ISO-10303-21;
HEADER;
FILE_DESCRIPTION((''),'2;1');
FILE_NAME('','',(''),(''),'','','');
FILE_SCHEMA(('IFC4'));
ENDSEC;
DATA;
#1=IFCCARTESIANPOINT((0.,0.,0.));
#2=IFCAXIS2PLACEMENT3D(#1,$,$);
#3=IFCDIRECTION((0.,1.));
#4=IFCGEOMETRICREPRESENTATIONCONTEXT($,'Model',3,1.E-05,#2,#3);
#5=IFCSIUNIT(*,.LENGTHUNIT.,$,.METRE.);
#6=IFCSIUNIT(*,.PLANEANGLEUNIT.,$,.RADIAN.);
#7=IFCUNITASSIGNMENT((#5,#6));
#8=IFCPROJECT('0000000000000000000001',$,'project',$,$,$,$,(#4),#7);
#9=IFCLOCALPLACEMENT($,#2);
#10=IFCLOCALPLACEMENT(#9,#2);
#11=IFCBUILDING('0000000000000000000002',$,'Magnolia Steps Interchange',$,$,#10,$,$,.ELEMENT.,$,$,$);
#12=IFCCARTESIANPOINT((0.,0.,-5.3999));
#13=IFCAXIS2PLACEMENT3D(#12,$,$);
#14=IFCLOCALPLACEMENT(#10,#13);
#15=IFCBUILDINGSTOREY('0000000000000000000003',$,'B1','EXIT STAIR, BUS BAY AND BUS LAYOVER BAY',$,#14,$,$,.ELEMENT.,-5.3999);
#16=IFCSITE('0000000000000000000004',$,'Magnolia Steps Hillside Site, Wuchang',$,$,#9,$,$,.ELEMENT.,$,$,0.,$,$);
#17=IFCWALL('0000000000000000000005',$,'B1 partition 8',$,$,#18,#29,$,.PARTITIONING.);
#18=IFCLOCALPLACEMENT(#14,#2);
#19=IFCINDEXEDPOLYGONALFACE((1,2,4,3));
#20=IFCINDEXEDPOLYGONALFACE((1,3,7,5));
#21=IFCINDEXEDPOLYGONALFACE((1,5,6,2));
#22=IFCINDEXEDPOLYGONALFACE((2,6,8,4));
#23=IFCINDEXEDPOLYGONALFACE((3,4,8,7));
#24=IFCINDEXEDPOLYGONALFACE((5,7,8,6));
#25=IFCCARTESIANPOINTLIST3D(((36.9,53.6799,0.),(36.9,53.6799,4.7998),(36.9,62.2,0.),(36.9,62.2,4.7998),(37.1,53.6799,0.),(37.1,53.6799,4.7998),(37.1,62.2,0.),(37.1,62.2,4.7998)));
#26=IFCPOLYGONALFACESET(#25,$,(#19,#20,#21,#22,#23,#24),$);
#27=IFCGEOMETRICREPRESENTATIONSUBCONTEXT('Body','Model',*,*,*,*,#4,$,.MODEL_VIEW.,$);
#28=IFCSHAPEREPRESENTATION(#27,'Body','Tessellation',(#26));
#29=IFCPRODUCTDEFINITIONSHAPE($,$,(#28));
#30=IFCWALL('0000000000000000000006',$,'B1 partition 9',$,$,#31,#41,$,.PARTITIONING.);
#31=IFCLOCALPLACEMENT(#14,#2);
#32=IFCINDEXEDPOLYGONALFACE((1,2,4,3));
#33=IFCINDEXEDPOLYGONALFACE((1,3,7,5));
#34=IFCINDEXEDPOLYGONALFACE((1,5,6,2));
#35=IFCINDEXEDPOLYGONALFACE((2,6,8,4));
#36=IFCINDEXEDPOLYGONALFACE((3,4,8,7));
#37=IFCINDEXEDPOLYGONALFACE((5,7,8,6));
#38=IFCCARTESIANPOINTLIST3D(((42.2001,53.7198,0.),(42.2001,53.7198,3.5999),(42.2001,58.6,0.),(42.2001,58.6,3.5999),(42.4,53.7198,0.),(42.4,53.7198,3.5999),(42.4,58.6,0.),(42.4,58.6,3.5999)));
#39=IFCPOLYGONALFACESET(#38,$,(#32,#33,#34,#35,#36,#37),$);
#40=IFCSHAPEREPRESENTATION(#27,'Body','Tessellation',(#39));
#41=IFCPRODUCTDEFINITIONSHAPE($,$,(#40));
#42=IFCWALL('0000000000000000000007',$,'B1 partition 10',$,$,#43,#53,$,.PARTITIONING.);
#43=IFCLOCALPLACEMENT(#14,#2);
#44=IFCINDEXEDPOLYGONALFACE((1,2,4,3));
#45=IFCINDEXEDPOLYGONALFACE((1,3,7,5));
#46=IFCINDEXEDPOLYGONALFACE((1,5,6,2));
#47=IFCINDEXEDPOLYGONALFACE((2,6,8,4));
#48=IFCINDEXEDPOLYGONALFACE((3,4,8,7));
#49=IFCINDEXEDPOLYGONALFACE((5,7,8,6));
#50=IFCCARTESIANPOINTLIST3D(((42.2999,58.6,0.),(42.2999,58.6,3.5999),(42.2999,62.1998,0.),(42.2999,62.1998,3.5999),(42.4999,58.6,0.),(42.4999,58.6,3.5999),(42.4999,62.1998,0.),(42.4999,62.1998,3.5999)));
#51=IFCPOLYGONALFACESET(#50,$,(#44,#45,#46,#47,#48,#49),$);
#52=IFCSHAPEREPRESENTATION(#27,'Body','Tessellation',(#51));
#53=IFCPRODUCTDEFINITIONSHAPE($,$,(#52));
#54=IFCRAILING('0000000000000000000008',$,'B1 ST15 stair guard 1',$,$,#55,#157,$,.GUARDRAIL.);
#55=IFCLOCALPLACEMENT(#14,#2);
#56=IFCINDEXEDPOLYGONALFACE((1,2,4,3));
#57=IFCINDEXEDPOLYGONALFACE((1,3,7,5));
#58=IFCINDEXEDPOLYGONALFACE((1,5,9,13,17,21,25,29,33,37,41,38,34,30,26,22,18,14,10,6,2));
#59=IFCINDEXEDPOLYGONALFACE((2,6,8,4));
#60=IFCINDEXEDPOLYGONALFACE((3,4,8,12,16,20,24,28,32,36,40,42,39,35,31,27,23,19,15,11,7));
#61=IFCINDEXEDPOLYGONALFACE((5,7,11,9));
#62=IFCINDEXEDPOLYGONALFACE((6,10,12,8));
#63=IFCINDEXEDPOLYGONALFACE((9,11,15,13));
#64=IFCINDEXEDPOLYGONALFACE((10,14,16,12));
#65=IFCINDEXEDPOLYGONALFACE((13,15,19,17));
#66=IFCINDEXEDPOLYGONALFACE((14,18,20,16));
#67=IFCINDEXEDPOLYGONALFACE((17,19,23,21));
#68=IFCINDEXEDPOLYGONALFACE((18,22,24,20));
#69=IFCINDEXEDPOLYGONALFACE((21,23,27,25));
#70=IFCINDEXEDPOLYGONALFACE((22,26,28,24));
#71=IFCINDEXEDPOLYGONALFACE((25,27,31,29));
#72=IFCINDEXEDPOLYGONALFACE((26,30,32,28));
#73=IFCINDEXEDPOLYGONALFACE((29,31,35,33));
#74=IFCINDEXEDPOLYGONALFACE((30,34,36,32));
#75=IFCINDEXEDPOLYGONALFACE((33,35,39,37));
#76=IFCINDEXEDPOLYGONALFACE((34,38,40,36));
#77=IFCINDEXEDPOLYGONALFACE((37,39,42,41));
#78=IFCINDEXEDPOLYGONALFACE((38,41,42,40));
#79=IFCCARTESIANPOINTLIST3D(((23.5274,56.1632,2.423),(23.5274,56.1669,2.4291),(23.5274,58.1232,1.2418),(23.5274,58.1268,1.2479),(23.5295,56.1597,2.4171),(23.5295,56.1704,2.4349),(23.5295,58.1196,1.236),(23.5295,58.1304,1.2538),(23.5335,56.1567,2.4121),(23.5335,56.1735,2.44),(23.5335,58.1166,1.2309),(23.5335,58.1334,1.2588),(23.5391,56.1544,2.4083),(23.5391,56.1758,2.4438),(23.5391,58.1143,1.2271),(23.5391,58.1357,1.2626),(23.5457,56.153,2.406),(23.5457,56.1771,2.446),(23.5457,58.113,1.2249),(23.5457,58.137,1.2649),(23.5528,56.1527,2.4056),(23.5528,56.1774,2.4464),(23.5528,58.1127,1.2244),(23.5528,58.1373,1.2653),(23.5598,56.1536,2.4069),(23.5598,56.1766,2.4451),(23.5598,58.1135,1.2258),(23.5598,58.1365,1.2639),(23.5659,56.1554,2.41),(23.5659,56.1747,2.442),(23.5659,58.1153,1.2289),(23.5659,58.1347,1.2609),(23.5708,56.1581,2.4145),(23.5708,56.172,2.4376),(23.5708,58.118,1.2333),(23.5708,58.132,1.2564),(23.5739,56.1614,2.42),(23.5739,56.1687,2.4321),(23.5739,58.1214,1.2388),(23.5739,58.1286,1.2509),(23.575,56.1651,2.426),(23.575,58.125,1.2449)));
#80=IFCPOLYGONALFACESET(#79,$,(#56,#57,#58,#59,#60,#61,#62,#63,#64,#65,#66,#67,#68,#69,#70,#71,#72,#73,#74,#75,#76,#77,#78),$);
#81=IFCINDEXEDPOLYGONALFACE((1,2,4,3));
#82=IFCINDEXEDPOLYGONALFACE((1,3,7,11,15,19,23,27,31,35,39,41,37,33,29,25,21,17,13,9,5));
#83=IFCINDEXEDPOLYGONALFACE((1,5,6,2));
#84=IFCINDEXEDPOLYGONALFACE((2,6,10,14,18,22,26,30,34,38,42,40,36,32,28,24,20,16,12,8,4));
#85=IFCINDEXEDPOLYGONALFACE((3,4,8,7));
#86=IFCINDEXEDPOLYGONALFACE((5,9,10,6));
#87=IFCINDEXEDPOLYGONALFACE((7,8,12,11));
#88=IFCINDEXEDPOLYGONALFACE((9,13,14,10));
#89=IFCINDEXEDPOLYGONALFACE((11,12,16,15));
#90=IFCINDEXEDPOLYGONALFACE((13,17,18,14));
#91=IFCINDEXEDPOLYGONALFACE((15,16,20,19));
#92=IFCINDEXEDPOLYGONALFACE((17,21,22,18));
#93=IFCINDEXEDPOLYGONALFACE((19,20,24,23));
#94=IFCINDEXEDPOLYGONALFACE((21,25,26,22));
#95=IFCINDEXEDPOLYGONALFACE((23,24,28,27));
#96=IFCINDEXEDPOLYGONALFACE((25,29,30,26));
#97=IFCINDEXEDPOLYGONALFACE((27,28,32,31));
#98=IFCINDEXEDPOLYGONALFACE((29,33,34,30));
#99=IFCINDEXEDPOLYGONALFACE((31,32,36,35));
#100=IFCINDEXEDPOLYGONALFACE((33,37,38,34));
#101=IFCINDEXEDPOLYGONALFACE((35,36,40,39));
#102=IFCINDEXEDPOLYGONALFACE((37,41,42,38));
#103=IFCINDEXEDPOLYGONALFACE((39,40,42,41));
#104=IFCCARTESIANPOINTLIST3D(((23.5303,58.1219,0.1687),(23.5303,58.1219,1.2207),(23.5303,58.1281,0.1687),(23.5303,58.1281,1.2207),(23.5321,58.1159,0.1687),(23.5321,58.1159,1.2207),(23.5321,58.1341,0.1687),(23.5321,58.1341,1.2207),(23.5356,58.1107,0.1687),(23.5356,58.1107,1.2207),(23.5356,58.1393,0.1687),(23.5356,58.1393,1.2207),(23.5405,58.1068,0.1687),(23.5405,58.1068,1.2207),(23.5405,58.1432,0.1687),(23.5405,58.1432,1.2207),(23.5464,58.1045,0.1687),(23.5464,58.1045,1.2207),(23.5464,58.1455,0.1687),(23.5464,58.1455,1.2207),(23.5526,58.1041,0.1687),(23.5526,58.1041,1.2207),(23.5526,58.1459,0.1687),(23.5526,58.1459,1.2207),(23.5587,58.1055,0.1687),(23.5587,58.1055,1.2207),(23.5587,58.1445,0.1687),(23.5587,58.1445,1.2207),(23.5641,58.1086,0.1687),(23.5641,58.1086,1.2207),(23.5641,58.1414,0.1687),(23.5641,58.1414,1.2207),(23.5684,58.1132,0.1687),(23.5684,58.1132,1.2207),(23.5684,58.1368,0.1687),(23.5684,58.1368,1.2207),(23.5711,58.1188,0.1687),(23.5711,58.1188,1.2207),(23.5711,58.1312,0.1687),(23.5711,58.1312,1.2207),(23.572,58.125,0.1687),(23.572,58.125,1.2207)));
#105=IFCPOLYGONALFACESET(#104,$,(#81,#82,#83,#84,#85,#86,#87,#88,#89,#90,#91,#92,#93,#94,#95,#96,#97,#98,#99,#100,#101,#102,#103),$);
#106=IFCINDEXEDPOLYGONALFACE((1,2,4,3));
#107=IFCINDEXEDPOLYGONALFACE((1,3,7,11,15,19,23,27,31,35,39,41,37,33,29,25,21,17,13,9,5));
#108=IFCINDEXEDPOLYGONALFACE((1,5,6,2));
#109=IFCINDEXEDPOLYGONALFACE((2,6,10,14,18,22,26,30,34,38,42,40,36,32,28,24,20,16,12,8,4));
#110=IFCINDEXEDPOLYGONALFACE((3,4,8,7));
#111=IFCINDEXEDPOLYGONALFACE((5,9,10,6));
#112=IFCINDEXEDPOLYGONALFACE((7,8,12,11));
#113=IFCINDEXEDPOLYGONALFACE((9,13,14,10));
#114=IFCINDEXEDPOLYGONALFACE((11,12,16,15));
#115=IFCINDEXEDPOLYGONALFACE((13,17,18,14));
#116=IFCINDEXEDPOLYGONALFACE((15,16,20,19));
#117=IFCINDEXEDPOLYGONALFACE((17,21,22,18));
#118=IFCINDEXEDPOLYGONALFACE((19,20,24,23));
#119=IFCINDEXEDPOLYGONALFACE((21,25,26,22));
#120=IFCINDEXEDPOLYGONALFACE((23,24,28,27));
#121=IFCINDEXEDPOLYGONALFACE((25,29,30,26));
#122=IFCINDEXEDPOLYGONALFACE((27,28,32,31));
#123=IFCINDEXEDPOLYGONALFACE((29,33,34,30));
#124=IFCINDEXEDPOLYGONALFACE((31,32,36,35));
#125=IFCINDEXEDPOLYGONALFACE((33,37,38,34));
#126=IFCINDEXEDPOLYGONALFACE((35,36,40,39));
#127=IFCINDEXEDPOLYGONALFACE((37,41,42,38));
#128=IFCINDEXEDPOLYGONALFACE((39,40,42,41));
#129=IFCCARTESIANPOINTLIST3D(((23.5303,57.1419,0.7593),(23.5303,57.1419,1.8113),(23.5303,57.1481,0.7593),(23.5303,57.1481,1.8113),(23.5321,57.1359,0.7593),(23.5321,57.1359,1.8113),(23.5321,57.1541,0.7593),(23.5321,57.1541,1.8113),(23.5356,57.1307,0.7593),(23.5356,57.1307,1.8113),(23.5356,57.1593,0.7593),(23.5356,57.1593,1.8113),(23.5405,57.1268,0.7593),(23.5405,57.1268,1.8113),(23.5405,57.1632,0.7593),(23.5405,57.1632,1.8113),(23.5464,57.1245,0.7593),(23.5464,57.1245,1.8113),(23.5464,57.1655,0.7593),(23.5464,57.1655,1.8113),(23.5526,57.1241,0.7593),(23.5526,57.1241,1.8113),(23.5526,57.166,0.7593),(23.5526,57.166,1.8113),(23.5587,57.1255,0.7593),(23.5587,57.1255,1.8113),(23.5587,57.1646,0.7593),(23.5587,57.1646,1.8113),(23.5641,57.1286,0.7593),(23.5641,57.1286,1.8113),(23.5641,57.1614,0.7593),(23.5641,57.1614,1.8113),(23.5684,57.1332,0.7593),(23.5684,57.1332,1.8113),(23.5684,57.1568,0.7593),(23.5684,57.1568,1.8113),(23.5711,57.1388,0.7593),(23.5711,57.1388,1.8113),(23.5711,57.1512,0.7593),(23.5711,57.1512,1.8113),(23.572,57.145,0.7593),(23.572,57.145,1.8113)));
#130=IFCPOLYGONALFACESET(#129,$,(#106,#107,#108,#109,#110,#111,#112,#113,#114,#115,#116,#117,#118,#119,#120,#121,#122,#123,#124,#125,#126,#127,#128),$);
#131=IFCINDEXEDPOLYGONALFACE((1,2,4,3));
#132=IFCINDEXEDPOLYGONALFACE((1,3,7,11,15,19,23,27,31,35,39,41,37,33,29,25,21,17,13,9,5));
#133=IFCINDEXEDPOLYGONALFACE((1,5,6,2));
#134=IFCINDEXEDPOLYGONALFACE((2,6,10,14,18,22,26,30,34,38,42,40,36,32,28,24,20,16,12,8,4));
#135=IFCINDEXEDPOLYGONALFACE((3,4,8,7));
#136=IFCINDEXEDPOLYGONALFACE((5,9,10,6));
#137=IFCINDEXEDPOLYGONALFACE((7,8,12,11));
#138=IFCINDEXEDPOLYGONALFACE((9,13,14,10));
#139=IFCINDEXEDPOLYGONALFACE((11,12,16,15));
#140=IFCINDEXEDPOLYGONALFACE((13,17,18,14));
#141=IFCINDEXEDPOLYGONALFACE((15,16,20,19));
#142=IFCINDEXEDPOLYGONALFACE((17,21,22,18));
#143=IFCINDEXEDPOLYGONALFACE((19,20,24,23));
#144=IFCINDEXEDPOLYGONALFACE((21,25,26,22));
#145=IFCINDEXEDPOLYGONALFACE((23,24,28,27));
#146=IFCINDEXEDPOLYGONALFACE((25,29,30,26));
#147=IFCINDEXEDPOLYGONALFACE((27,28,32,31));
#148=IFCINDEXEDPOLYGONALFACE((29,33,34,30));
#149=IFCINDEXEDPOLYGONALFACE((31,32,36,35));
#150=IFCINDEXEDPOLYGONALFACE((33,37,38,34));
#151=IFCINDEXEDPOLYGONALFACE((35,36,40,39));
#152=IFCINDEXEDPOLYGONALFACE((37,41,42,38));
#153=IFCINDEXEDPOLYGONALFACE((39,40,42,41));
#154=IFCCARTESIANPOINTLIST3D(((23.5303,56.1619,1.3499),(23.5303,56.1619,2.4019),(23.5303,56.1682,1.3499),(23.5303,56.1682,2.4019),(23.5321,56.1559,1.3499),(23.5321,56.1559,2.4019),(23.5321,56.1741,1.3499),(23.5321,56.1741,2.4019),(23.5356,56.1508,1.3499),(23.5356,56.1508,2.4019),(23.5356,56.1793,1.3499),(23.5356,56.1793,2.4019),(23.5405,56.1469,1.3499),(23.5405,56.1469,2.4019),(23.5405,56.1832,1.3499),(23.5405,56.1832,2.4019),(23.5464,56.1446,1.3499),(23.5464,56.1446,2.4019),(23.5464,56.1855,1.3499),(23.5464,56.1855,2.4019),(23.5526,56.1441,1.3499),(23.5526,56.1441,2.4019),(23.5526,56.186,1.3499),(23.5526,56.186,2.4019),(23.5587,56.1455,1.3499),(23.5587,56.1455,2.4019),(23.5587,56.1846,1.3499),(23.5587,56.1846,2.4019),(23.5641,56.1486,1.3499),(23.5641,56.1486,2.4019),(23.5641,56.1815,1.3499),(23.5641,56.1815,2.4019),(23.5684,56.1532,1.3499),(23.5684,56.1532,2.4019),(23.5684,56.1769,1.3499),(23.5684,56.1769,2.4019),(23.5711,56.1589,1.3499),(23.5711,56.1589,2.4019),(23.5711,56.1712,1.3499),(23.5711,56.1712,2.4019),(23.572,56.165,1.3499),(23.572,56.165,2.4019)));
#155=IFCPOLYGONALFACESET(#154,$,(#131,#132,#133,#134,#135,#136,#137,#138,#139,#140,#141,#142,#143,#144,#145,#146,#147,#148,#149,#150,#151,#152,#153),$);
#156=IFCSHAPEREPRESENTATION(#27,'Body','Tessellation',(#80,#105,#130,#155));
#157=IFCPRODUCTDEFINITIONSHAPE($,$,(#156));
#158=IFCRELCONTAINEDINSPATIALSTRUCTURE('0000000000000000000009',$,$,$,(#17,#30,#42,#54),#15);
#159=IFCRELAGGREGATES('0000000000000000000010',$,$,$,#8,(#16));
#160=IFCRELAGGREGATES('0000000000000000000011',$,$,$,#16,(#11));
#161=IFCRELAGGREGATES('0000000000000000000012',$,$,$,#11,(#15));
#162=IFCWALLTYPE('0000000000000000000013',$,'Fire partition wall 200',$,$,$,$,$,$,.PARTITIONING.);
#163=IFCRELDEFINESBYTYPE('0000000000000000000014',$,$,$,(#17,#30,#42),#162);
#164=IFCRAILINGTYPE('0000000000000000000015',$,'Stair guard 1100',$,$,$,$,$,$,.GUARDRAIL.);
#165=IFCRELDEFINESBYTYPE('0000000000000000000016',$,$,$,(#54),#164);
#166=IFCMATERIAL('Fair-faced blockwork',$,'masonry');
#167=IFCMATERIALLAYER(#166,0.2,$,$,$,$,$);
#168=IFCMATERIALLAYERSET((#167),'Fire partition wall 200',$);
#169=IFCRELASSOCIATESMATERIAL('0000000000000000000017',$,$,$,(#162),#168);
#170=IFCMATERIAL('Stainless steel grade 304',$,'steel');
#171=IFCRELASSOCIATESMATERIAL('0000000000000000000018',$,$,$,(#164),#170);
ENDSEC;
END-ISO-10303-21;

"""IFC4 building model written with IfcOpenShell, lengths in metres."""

from ifc_helpers import new_model, si_unit, direction, frame, frame_2d, origin, origin_2d, place, context, subcontext, project, spatial, rectangle, circle, extrude, material, layer, layer_set, type_object, element, save


model = new_model("IFC4")

# Units and contexts
model_context = context("Model", 3, precision=1e-05, world=origin(), true_north=direction((0.0, 1.0)))
body_context = subcontext(model_context, "Body", "Model", "MODEL_VIEW")
ifc_project = project(units=[si_unit("LENGTHUNIT", "METRE"), si_unit("PLANEANGLEUNIT", "RADIAN")], contexts=[model_context])

# Site, building, storey
site_placement = place(None, origin())
site = spatial("IfcSite", under=ifc_project, at=site_placement, Name="Magnolia Steps Hillside Site, Wuchang", CompositionType="ELEMENT", RefElevation=0.0)
building_placement = place(site_placement, origin())
building = spatial("IfcBuilding", under=site, at=building_placement, Name="Magnolia Steps Interchange", CompositionType="ELEMENT")
storey_placement = place(building_placement, frame((0.0, 0.0, -5.3999)))
storey = spatial("IfcBuildingStorey", under=building, at=storey_placement, Name="B1", Description="EXIT STAIR, BUS BAY AND BUS LAYOVER BAY", CompositionType="ELEMENT", Elevation=-5.3999)

# Walls
ifc_material_1 = material(Name="Fair-faced blockwork", Category="masonry")
ifc_layer_1 = layer(ifc_material_1, 0.2)
ifc_layer_set_1 = layer_set([ifc_layer_1], Name="Fire partition wall 200")
wall_type_1 = type_object("IfcWallType", Name="Fire partition wall 200", PredefinedType="PARTITIONING", material=ifc_layer_set_1)
wall_1_placement = place(storey_placement, frame((37.0, 53.6799, 0.0), z_axis=(0.0, 0.0, 1.0), x_axis=(0.0, 1.0, 0.0)))
element("IfcWall", 1, at=wall_1_placement, inside=storey, type_object=wall_type_1, Name="B1 partition 8", PredefinedType="PARTITIONING", context=body_context, shape_type="SweptSolid", body=[
    extrude(rectangle(XDim=8.52, YDim=0.2, at=frame_2d((4.26, 0.0))), origin(), (0.0, 0.0, 1.0), 4.7998),
])
wall_2_placement = place(storey_placement, frame((42.3, 53.72, 0.0), z_axis=(0.0, 0.0, 1.0), x_axis=(0.0, 1.0, 0.0)))
element("IfcWall", 2, at=wall_2_placement, inside=storey, type_object=wall_type_1, Name="B1 partition 9", PredefinedType="PARTITIONING", context=body_context, shape_type="SweptSolid", body=[
    extrude(rectangle(XDim=4.8801, YDim=0.2, at=frame_2d((2.4399, 0.0))), origin(), (0.0, 0.0, 1.0), 3.5999),
])
wall_3_placement = place(storey_placement, frame((42.3999, 58.6001, 0.0), z_axis=(0.0, 0.0, 1.0), x_axis=(0.0, 1.0, 0.0)))
element("IfcWall", 3, at=wall_3_placement, inside=storey, type_object=wall_type_1, Name="B1 partition 10", PredefinedType="PARTITIONING", context=body_context, shape_type="SweptSolid", body=[
    extrude(rectangle(XDim=3.5999, YDim=0.2, at=frame_2d((1.7998, 0.0))), origin(), (0.0, 0.0, 1.0), 3.5999),
])

# Railing
ifc_material_2 = material(Name="Stainless steel grade 304", Category="steel")
railing_type_1 = type_object("IfcRailingType", Name="Stair guard 1100", PredefinedType="GUARDRAIL", material=ifc_material_2)
railing_1_placement = place(storey_placement, frame((23.551, 58.125, 0.1687)))
element("IfcRailing", 4, at=railing_1_placement, inside=storey, type_object=railing_type_1, Name="B1 ST15 stair guard 1", PredefinedType="GUARDRAIL", context=body_context, shape_type="SweptSolid", body=[
    extrude(circle(Radius=0.0239, at=origin_2d()), frame((0.0, 0.0, 1.0762), z_axis=(0.0, -0.856493, 0.516158), x_axis=(1.0, 0.0, 0.0)), (0.0, 0.0, 1.0), 2.2883),
    extrude(circle(Radius=0.021, at=origin_2d()), origin(), (0.0, 0.0, 1.0), 1.052),
    extrude(circle(Radius=0.021, at=origin_2d()), frame((0.0, -0.98, 0.5906)), (0.0, 0.0, 1.0), 1.052),
    extrude(circle(Radius=0.021, at=origin_2d()), frame((0.0, -1.96, 1.1812)), (0.0, 0.0, 1.0), 1.052),
])

save(model, "model.ifc")
